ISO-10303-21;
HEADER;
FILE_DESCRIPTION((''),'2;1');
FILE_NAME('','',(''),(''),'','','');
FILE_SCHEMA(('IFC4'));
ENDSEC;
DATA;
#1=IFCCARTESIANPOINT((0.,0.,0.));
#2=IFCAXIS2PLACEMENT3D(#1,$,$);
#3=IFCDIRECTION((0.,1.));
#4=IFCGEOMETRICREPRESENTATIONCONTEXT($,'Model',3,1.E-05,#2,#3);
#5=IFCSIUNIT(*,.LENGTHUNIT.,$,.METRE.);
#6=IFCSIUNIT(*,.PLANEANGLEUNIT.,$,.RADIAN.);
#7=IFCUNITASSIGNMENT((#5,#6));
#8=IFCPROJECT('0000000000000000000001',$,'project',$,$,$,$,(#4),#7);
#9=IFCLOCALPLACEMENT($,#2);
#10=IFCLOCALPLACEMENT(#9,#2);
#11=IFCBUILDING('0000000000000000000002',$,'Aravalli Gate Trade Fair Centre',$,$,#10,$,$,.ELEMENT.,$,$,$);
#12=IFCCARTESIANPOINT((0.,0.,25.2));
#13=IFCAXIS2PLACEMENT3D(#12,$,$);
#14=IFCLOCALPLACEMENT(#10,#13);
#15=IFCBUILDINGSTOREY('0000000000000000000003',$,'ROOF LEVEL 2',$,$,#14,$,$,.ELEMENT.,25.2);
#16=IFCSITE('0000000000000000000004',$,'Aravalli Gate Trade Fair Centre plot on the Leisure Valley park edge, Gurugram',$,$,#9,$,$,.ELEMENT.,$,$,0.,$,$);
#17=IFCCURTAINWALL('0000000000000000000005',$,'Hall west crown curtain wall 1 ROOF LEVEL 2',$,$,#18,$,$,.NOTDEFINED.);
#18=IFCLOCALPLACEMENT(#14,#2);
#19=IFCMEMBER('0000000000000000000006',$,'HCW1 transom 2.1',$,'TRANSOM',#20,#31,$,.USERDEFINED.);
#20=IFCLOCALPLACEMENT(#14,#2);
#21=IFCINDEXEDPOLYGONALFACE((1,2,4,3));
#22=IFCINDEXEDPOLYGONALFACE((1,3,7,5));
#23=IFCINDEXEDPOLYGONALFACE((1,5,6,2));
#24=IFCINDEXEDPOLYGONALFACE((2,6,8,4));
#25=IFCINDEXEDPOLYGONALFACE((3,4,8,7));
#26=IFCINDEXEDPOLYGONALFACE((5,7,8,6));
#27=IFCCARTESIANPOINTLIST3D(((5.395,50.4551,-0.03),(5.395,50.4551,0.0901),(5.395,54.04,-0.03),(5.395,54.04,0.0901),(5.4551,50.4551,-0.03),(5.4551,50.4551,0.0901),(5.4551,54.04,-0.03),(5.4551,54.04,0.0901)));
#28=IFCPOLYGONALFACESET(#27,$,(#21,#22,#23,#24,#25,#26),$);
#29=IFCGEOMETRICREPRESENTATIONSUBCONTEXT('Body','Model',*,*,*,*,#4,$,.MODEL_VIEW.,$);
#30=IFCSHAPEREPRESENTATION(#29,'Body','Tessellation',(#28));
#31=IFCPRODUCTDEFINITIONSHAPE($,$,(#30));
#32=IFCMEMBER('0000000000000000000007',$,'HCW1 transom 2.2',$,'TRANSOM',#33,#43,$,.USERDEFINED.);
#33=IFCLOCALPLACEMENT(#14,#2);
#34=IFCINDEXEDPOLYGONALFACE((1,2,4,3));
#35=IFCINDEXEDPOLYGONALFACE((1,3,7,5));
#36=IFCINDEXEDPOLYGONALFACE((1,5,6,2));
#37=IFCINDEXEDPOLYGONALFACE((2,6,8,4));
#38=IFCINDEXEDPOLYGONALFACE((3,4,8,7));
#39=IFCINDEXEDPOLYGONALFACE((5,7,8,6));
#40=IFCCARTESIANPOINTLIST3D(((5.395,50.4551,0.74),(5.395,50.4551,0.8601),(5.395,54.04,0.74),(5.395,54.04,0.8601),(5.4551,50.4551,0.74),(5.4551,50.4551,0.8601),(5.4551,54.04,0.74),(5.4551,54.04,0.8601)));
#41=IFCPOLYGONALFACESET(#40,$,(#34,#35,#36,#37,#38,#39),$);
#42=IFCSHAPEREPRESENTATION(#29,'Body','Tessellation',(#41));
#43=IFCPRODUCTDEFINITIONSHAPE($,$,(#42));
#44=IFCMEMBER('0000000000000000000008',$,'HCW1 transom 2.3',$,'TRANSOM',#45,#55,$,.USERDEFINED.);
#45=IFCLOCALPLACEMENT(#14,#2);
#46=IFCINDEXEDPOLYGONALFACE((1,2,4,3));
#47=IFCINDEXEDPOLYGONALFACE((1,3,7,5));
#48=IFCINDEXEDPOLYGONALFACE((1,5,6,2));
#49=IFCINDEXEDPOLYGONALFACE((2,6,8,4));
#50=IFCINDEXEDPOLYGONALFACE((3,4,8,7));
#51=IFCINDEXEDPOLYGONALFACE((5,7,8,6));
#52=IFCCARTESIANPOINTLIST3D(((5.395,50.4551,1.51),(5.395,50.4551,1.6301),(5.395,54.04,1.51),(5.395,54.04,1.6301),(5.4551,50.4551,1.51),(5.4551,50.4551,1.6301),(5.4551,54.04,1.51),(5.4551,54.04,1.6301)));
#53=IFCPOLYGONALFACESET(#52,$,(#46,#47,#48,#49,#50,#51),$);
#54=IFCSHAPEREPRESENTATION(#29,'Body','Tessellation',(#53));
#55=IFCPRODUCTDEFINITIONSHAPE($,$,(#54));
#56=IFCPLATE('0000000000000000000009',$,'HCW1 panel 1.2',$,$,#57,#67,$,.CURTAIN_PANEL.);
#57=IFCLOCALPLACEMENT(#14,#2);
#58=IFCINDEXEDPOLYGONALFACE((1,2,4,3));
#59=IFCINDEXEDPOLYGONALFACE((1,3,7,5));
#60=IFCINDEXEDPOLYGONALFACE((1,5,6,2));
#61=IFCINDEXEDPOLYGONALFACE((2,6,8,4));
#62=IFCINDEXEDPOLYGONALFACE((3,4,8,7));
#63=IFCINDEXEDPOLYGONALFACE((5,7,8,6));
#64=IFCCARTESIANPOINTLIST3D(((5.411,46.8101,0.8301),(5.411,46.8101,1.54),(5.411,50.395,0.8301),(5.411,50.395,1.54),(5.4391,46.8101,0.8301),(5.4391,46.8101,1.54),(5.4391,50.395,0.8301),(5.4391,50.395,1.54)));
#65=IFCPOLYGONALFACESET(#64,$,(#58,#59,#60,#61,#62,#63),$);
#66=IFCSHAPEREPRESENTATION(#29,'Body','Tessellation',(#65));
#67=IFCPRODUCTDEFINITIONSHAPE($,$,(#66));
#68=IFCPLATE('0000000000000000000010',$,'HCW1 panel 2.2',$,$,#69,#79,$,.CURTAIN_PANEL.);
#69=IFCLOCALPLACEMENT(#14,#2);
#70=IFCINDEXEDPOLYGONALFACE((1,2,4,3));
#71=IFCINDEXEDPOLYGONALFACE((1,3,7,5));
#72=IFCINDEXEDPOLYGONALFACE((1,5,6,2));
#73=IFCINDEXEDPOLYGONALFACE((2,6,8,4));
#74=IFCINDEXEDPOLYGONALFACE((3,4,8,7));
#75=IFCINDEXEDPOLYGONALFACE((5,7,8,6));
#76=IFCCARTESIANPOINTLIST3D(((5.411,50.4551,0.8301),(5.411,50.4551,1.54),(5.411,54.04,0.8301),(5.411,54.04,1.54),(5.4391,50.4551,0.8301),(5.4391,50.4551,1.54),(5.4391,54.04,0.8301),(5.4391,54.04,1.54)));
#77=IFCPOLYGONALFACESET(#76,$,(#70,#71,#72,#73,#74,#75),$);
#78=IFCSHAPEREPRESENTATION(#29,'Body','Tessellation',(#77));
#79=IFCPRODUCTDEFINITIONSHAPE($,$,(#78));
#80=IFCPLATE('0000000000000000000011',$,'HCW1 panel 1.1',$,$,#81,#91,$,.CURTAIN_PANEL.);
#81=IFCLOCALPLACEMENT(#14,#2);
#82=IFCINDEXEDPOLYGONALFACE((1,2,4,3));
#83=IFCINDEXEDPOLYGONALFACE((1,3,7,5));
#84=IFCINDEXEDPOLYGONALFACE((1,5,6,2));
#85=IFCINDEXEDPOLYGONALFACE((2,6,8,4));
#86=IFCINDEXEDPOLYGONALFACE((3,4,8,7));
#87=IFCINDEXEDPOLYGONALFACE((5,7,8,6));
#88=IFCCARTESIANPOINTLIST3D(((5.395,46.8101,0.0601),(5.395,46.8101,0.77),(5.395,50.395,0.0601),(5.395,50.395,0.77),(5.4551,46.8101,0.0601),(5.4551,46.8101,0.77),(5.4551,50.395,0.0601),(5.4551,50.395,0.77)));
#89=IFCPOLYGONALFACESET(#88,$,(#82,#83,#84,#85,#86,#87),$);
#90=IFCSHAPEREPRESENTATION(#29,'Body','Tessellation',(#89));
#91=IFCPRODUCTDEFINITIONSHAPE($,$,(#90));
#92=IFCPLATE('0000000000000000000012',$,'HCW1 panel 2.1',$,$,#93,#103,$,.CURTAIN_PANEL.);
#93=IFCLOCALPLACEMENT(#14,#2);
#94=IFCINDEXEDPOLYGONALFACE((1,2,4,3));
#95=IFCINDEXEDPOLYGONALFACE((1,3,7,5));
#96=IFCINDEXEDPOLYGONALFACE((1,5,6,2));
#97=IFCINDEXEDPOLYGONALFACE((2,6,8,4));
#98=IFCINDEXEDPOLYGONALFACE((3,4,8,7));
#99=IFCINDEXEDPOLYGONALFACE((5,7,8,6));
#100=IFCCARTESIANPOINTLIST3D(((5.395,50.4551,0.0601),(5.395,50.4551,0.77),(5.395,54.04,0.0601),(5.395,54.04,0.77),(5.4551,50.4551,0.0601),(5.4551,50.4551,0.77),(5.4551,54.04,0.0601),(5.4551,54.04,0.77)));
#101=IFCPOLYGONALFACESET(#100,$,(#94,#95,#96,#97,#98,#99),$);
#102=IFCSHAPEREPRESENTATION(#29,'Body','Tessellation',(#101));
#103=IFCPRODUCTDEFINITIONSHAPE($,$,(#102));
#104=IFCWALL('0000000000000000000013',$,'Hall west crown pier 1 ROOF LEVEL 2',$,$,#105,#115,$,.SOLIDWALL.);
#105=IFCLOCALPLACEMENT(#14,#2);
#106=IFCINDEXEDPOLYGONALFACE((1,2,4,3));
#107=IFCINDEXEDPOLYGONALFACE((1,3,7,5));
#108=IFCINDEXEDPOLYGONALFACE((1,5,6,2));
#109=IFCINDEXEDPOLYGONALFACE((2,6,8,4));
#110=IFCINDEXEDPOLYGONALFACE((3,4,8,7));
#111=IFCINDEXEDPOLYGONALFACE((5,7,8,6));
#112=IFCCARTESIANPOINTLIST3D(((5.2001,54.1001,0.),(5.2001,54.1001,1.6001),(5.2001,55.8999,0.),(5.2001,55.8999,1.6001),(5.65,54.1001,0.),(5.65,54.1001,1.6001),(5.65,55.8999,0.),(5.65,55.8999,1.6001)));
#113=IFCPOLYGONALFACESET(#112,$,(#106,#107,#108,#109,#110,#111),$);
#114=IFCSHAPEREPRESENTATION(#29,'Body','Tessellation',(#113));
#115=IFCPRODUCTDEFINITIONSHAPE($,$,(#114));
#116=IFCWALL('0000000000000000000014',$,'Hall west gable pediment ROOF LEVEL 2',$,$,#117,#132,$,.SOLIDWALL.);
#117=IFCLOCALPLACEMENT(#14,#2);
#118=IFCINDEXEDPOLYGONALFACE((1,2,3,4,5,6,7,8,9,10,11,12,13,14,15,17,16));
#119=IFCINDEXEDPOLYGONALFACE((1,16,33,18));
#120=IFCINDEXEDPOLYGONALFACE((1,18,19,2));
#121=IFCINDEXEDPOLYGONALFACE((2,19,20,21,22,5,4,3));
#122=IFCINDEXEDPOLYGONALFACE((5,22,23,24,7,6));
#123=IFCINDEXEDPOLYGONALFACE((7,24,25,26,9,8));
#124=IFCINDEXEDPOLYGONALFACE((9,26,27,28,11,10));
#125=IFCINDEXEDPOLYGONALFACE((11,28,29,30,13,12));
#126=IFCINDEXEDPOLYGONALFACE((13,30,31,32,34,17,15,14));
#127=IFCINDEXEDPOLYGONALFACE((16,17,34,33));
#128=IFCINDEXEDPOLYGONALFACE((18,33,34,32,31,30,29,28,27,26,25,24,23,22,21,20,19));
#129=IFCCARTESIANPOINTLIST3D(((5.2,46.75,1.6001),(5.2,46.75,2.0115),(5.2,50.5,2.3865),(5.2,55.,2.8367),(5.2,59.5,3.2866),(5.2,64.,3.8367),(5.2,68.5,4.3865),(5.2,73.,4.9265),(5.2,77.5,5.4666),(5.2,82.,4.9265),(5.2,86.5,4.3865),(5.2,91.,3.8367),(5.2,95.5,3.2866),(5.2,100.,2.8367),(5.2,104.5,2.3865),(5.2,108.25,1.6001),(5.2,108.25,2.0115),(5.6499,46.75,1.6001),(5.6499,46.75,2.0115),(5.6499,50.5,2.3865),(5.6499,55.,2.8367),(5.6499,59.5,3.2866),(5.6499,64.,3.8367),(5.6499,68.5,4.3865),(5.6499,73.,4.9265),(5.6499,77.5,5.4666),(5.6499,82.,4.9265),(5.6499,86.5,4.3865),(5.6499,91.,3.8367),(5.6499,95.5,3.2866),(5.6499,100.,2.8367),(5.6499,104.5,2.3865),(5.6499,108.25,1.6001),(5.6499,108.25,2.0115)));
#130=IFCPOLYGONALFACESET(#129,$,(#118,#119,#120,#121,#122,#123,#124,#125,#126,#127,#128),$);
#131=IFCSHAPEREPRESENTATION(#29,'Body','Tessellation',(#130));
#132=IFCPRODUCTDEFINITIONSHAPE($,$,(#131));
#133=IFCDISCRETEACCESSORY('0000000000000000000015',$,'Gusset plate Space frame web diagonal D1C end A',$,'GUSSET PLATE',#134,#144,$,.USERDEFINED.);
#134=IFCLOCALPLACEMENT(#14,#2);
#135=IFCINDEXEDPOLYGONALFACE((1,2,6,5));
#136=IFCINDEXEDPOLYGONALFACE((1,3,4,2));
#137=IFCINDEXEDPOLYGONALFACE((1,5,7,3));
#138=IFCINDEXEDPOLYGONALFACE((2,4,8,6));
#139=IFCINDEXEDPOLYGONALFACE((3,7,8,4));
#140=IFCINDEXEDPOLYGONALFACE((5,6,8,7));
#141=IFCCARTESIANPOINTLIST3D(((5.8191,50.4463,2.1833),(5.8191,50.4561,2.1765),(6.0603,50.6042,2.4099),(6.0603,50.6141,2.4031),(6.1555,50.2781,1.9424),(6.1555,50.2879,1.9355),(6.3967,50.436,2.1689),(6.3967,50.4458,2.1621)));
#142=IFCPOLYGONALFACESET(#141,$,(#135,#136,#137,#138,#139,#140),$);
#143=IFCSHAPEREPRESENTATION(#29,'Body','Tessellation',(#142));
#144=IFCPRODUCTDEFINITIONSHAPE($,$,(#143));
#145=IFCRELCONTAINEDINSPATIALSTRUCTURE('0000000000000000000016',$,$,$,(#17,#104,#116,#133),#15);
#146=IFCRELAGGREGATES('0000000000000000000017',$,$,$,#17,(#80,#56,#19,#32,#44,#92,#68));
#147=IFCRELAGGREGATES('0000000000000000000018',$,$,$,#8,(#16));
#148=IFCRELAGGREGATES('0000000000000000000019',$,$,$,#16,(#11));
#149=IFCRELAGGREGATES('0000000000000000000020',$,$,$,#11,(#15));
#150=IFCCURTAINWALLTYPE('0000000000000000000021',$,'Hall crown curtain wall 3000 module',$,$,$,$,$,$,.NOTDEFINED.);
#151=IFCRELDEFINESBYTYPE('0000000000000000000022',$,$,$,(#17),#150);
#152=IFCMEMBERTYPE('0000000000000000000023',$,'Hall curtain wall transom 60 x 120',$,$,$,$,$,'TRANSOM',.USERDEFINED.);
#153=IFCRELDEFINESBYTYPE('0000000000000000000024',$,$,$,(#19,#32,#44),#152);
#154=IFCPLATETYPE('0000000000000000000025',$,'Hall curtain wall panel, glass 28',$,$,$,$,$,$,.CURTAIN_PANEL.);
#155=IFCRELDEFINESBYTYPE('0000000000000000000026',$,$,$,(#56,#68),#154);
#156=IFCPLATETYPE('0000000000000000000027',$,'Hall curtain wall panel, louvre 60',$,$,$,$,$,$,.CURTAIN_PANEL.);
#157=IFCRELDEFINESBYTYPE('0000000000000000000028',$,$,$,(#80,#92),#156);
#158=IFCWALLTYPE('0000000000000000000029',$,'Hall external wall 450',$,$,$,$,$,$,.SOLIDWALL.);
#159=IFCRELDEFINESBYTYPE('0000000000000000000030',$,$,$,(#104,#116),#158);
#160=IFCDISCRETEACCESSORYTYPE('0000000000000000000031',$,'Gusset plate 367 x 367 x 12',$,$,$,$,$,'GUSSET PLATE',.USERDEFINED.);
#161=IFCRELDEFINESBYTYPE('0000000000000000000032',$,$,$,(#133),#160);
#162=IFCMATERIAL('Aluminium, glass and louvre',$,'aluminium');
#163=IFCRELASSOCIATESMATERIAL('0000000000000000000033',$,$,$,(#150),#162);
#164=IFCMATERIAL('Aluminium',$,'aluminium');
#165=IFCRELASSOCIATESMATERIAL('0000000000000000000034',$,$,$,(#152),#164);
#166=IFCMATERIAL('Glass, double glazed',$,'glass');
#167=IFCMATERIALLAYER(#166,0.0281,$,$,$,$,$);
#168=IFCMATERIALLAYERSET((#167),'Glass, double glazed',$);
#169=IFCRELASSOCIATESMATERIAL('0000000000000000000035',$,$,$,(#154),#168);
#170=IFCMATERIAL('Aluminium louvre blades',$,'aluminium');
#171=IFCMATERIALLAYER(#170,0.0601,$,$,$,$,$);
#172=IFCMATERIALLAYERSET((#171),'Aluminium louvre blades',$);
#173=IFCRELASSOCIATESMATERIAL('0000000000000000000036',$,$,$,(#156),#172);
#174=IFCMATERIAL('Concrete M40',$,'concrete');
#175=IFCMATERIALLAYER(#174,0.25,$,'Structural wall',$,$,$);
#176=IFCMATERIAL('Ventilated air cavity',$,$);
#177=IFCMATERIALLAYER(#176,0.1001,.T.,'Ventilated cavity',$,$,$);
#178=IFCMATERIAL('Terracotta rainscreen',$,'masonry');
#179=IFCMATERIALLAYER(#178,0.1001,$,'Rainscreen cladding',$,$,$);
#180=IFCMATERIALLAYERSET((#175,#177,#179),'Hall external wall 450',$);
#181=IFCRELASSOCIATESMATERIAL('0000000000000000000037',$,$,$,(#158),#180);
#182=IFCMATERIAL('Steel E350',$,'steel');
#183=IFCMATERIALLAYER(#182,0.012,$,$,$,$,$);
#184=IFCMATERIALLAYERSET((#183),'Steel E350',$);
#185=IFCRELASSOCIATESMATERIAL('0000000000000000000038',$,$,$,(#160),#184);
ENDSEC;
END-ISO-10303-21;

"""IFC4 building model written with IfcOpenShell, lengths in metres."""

from ifc_helpers import new_model, si_unit, direction, frame, frame_2d, origin, origin_2d, place, context, subcontext, project, spatial, polyline, rectangle, outline, extrude, material, layer, layer_set, material_profile, profile_set, type_object, element, aggregate, save


model = new_model("IFC4")

# Units and contexts
model_context = context("Model", 3, precision=1e-05, world=origin(), true_north=direction((0.0, 1.0)))
body_context = subcontext(model_context, "Body", "Model", "MODEL_VIEW")
ifc_project = project(units=[si_unit("LENGTHUNIT", "METRE"), si_unit("PLANEANGLEUNIT", "RADIAN")], contexts=[model_context])

# Site, building, storey
site_placement = place(None, origin())
site = spatial("IfcSite", under=ifc_project, at=site_placement, Name="Aravalli Gate Trade Fair Centre plot on the Leisure Valley park edge, Gurugram", CompositionType="ELEMENT", RefElevation=0.0)
building_placement = place(site_placement, origin())
building = spatial("IfcBuilding", under=site, at=building_placement, Name="Aravalli Gate Trade Fair Centre", CompositionType="ELEMENT")
storey_placement = place(building_placement, frame((0.0, 0.0, 25.2)))
storey = spatial("IfcBuildingStorey", under=building, at=storey_placement, Name="ROOF LEVEL 2", CompositionType="ELEMENT", Elevation=25.2)

# Shared definitions
ifc_material_1 = material(Name="Steel E350", Category="steel")

# Curtain wall, members, plates
ifc_material_2 = material(Name="Aluminium, glass and louvre", Category="aluminium")
curtain_wall_type = type_object("IfcCurtainWallType", Name="Hall crown curtain wall 3000 module", PredefinedType="NOTDEFINED", material=ifc_material_2)
curtain_wall_placement = place(storey_placement, origin())
curtain_wall = element("IfcCurtainWall", 1, at=curtain_wall_placement, inside=storey, type_object=curtain_wall_type, Name="Hall west crown curtain wall 1 ROOF LEVEL 2", PredefinedType="NOTDEFINED")
ifc_material_3 = material(Name="Aluminium", Category="aluminium")
ifc_material_profile_1 = material_profile(ifc_material_3, rectangle(XDim=0.0601, YDim=0.1201, at=origin_2d()), Name="Hall curtain wall transom 60 x 120")
ifc_profile_set_1 = profile_set([ifc_material_profile_1], Name="Aluminium")
member_type_1 = type_object("IfcMemberType", Name="Hall curtain wall transom 60 x 120", ElementType="TRANSOM", PredefinedType="USERDEFINED", material=ifc_profile_set_1)
member_1_placement = place(storey_placement, frame((5.425, 50.4551, 0.03), z_axis=(0.0, 1.0, 0.0), x_axis=(-1.0, 0.0, 0.0)))
member_1 = element("IfcMember", 2, at=member_1_placement, type_object=member_type_1, Name="HCW1 transom 2.1", ObjectType="TRANSOM", PredefinedType="USERDEFINED", context=body_context, shape_type="SweptSolid", body=[
    extrude(rectangle(XDim=0.0601, YDim=0.1201, at=origin_2d()), origin(), (0.0, 0.0, 1.0), 3.585),
])
member_2_placement = place(storey_placement, frame((5.425, 50.4551, 0.8), z_axis=(0.0, 1.0, 0.0), x_axis=(-1.0, 0.0, 0.0)))
member_2 = element("IfcMember", 3, at=member_2_placement, type_object=member_type_1, Name="HCW1 transom 2.2", ObjectType="TRANSOM", PredefinedType="USERDEFINED", context=body_context, shape_type="SweptSolid", body=[
    extrude(rectangle(XDim=0.0601, YDim=0.1201, at=origin_2d()), origin(), (0.0, 0.0, 1.0), 3.585),
])
member_3_placement = place(storey_placement, frame((5.425, 50.4551, 1.5701), z_axis=(0.0, 1.0, 0.0), x_axis=(-1.0, 0.0, 0.0)))
member_3 = element("IfcMember", 4, at=member_3_placement, type_object=member_type_1, Name="HCW1 transom 2.3", ObjectType="TRANSOM", PredefinedType="USERDEFINED", context=body_context, shape_type="SweptSolid", body=[
    extrude(rectangle(XDim=0.0601, YDim=0.1201, at=origin_2d()), origin(), (0.0, 0.0, 1.0), 3.585),
])
ifc_material_4 = material(Name="Glass, double glazed", Category="glass")
ifc_layer_1 = layer(ifc_material_4, 0.0281)
ifc_layer_set_1 = layer_set([ifc_layer_1], Name="Glass, double glazed")
plate_type_1 = type_object("IfcPlateType", Name="Hall curtain wall panel, glass 28", PredefinedType="CURTAIN_PANEL", material=ifc_layer_set_1)
plate_1_placement = place(storey_placement, frame((5.425, 48.6025, 0.8301), z_axis=(0.0, 0.0, 1.0), x_axis=(0.0, 1.0, 0.0)))
plate_1 = element("IfcPlate", 5, at=plate_1_placement, type_object=plate_type_1, Name="HCW1 panel 1.2", PredefinedType="CURTAIN_PANEL", context=body_context, shape_type="SweptSolid", body=[
    extrude(rectangle(XDim=3.585, YDim=0.0281, at=origin_2d()), origin(), (0.0, 0.0, 1.0), 0.71),
])
plate_2_placement = place(storey_placement, frame((5.425, 52.2476, 0.8301), z_axis=(0.0, 0.0, 1.0), x_axis=(0.0, 1.0, 0.0)))
plate_2 = element("IfcPlate", 6, at=plate_2_placement, type_object=plate_type_1, Name="HCW1 panel 2.2", PredefinedType="CURTAIN_PANEL", context=body_context, shape_type="SweptSolid", body=[
    extrude(rectangle(XDim=3.585, YDim=0.0281, at=origin_2d()), origin(), (0.0, 0.0, 1.0), 0.71),
])
ifc_material_5 = material(Name="Aluminium louvre blades", Category="aluminium")
ifc_layer_2 = layer(ifc_material_5, 0.0601)
ifc_layer_set_2 = layer_set([ifc_layer_2], Name="Aluminium louvre blades")
plate_type_2 = type_object("IfcPlateType", Name="Hall curtain wall panel, louvre 60", PredefinedType="CURTAIN_PANEL", material=ifc_layer_set_2)
plate_3_placement = place(storey_placement, frame((5.425, 48.6025, 0.0601), z_axis=(0.0, 0.0, 1.0), x_axis=(0.0, 1.0, 0.0)))
plate_3 = element("IfcPlate", 7, at=plate_3_placement, type_object=plate_type_2, Name="HCW1 panel 1.1", PredefinedType="CURTAIN_PANEL", context=body_context, shape_type="SweptSolid", body=[
    extrude(rectangle(XDim=3.585, YDim=0.0601, at=origin_2d()), origin(), (0.0, 0.0, 1.0), 0.71),
])
plate_4_placement = place(storey_placement, frame((5.425, 52.2476, 0.0601), z_axis=(0.0, 0.0, 1.0), x_axis=(0.0, 1.0, 0.0)))
plate_4 = element("IfcPlate", 8, at=plate_4_placement, type_object=plate_type_2, Name="HCW1 panel 2.1", PredefinedType="CURTAIN_PANEL", context=body_context, shape_type="SweptSolid", body=[
    extrude(rectangle(XDim=3.585, YDim=0.0601, at=origin_2d()), origin(), (0.0, 0.0, 1.0), 0.71),
])
aggregate(curtain_wall, [plate_3, plate_1, member_1, member_2, member_3, plate_4, plate_2])

# Walls
ifc_material_6 = material(Name="Concrete M40", Category="concrete")
ifc_layer_3 = layer(ifc_material_6, 0.25, Name="Structural wall")
ifc_material_7 = material(Name="Ventilated air cavity")
ifc_layer_4 = layer(ifc_material_7, 0.1001, ventilated=True, Name="Ventilated cavity")
ifc_material_8 = material(Name="Terracotta rainscreen", Category="masonry")
ifc_layer_5 = layer(ifc_material_8, 0.1001, Name="Rainscreen cladding")
ifc_layer_set_3 = layer_set([ifc_layer_3, ifc_layer_4, ifc_layer_5], Name="Hall external wall 450")
wall_type = type_object("IfcWallType", Name="Hall external wall 450", PredefinedType="SOLIDWALL", material=ifc_layer_set_3)
wall_1_placement = place(storey_placement, frame((5.425, 54.1001, 0.0), z_axis=(0.0, 0.0, 1.0), x_axis=(0.0, 1.0, 0.0)))
element("IfcWall", 9, at=wall_1_placement, inside=storey, type_object=wall_type, Name="Hall west crown pier 1 ROOF LEVEL 2", PredefinedType="SOLIDWALL", context=body_context, shape_type="SweptSolid", body=[
    extrude(rectangle(XDim=1.7998, YDim=0.45, at=frame_2d((0.8999, 0.0))), origin(), (0.0, 0.0, 1.0), 1.6001),
])
wall_2_placement = place(storey_placement, frame((5.425, 46.75, 1.6001), z_axis=(0.0, 0.0, 1.0), x_axis=(0.0, 1.0, 0.0)))
element("IfcWall", 10, at=wall_2_placement, inside=storey, type_object=wall_type, Name="Hall west gable pediment ROOF LEVEL 2", PredefinedType="SOLIDWALL", context=body_context, shape_type="SweptSolid", body=[
    extrude(outline(polyline([(0.0, 0.0), (61.5, 0.0), (61.5, 0.4114), (57.75, 0.7864), (53.25, 1.2366), (48.75, 1.6865), (44.25, 2.2366), (39.75, 2.7864), (35.25, 3.3264), (30.75, 3.8665), (26.25, 3.3264), (21.75, 2.7864), (17.25, 2.2366), (12.75, 1.6865), (8.25, 1.2366), (3.75, 0.7864), (0.0, 0.4114), (0.0, 0.0)])), frame((0.0, 0.2251, 0.0), z_axis=(0.0, -1.0, 0.0), x_axis=(1.0, 0.0, 0.0)), (0.0, 0.0, 1.0), 0.45),
])

# Discrete accessory
ifc_layer_6 = layer(ifc_material_1, 0.012)
ifc_layer_set_4 = layer_set([ifc_layer_6], Name="Steel E350")
discrete_accessory_type = type_object("IfcDiscreteAccessoryType", Name="Gusset plate 367 x 367 x 12", ElementType="GUSSET PLATE", PredefinedType="USERDEFINED", material=ifc_layer_set_4)
discrete_accessory_placement = place(storey_placement, frame((6.1555, 50.2781, 1.9424), z_axis=(-0.000292, -0.820164, 0.572128), x_axis=(-0.753132, 0.376566, 0.539435)))
element("IfcDiscreteAccessory", 11, at=discrete_accessory_placement, inside=storey, type_object=discrete_accessory_type, Name="Gusset plate Space frame web diagonal D1C end A", ObjectType="GUSSET PLATE", PredefinedType="USERDEFINED", context=body_context, shape_type="SweptSolid", body=[
    extrude(outline(polyline([(0.0, 0.0), (0.4467, 0.0), (0.4467, -0.3667), (0.0, -0.3667), (0.0, 0.0)])), origin(), (0.0, 0.0, -1.0), 0.012),
])

save(model, "model.ifc")
